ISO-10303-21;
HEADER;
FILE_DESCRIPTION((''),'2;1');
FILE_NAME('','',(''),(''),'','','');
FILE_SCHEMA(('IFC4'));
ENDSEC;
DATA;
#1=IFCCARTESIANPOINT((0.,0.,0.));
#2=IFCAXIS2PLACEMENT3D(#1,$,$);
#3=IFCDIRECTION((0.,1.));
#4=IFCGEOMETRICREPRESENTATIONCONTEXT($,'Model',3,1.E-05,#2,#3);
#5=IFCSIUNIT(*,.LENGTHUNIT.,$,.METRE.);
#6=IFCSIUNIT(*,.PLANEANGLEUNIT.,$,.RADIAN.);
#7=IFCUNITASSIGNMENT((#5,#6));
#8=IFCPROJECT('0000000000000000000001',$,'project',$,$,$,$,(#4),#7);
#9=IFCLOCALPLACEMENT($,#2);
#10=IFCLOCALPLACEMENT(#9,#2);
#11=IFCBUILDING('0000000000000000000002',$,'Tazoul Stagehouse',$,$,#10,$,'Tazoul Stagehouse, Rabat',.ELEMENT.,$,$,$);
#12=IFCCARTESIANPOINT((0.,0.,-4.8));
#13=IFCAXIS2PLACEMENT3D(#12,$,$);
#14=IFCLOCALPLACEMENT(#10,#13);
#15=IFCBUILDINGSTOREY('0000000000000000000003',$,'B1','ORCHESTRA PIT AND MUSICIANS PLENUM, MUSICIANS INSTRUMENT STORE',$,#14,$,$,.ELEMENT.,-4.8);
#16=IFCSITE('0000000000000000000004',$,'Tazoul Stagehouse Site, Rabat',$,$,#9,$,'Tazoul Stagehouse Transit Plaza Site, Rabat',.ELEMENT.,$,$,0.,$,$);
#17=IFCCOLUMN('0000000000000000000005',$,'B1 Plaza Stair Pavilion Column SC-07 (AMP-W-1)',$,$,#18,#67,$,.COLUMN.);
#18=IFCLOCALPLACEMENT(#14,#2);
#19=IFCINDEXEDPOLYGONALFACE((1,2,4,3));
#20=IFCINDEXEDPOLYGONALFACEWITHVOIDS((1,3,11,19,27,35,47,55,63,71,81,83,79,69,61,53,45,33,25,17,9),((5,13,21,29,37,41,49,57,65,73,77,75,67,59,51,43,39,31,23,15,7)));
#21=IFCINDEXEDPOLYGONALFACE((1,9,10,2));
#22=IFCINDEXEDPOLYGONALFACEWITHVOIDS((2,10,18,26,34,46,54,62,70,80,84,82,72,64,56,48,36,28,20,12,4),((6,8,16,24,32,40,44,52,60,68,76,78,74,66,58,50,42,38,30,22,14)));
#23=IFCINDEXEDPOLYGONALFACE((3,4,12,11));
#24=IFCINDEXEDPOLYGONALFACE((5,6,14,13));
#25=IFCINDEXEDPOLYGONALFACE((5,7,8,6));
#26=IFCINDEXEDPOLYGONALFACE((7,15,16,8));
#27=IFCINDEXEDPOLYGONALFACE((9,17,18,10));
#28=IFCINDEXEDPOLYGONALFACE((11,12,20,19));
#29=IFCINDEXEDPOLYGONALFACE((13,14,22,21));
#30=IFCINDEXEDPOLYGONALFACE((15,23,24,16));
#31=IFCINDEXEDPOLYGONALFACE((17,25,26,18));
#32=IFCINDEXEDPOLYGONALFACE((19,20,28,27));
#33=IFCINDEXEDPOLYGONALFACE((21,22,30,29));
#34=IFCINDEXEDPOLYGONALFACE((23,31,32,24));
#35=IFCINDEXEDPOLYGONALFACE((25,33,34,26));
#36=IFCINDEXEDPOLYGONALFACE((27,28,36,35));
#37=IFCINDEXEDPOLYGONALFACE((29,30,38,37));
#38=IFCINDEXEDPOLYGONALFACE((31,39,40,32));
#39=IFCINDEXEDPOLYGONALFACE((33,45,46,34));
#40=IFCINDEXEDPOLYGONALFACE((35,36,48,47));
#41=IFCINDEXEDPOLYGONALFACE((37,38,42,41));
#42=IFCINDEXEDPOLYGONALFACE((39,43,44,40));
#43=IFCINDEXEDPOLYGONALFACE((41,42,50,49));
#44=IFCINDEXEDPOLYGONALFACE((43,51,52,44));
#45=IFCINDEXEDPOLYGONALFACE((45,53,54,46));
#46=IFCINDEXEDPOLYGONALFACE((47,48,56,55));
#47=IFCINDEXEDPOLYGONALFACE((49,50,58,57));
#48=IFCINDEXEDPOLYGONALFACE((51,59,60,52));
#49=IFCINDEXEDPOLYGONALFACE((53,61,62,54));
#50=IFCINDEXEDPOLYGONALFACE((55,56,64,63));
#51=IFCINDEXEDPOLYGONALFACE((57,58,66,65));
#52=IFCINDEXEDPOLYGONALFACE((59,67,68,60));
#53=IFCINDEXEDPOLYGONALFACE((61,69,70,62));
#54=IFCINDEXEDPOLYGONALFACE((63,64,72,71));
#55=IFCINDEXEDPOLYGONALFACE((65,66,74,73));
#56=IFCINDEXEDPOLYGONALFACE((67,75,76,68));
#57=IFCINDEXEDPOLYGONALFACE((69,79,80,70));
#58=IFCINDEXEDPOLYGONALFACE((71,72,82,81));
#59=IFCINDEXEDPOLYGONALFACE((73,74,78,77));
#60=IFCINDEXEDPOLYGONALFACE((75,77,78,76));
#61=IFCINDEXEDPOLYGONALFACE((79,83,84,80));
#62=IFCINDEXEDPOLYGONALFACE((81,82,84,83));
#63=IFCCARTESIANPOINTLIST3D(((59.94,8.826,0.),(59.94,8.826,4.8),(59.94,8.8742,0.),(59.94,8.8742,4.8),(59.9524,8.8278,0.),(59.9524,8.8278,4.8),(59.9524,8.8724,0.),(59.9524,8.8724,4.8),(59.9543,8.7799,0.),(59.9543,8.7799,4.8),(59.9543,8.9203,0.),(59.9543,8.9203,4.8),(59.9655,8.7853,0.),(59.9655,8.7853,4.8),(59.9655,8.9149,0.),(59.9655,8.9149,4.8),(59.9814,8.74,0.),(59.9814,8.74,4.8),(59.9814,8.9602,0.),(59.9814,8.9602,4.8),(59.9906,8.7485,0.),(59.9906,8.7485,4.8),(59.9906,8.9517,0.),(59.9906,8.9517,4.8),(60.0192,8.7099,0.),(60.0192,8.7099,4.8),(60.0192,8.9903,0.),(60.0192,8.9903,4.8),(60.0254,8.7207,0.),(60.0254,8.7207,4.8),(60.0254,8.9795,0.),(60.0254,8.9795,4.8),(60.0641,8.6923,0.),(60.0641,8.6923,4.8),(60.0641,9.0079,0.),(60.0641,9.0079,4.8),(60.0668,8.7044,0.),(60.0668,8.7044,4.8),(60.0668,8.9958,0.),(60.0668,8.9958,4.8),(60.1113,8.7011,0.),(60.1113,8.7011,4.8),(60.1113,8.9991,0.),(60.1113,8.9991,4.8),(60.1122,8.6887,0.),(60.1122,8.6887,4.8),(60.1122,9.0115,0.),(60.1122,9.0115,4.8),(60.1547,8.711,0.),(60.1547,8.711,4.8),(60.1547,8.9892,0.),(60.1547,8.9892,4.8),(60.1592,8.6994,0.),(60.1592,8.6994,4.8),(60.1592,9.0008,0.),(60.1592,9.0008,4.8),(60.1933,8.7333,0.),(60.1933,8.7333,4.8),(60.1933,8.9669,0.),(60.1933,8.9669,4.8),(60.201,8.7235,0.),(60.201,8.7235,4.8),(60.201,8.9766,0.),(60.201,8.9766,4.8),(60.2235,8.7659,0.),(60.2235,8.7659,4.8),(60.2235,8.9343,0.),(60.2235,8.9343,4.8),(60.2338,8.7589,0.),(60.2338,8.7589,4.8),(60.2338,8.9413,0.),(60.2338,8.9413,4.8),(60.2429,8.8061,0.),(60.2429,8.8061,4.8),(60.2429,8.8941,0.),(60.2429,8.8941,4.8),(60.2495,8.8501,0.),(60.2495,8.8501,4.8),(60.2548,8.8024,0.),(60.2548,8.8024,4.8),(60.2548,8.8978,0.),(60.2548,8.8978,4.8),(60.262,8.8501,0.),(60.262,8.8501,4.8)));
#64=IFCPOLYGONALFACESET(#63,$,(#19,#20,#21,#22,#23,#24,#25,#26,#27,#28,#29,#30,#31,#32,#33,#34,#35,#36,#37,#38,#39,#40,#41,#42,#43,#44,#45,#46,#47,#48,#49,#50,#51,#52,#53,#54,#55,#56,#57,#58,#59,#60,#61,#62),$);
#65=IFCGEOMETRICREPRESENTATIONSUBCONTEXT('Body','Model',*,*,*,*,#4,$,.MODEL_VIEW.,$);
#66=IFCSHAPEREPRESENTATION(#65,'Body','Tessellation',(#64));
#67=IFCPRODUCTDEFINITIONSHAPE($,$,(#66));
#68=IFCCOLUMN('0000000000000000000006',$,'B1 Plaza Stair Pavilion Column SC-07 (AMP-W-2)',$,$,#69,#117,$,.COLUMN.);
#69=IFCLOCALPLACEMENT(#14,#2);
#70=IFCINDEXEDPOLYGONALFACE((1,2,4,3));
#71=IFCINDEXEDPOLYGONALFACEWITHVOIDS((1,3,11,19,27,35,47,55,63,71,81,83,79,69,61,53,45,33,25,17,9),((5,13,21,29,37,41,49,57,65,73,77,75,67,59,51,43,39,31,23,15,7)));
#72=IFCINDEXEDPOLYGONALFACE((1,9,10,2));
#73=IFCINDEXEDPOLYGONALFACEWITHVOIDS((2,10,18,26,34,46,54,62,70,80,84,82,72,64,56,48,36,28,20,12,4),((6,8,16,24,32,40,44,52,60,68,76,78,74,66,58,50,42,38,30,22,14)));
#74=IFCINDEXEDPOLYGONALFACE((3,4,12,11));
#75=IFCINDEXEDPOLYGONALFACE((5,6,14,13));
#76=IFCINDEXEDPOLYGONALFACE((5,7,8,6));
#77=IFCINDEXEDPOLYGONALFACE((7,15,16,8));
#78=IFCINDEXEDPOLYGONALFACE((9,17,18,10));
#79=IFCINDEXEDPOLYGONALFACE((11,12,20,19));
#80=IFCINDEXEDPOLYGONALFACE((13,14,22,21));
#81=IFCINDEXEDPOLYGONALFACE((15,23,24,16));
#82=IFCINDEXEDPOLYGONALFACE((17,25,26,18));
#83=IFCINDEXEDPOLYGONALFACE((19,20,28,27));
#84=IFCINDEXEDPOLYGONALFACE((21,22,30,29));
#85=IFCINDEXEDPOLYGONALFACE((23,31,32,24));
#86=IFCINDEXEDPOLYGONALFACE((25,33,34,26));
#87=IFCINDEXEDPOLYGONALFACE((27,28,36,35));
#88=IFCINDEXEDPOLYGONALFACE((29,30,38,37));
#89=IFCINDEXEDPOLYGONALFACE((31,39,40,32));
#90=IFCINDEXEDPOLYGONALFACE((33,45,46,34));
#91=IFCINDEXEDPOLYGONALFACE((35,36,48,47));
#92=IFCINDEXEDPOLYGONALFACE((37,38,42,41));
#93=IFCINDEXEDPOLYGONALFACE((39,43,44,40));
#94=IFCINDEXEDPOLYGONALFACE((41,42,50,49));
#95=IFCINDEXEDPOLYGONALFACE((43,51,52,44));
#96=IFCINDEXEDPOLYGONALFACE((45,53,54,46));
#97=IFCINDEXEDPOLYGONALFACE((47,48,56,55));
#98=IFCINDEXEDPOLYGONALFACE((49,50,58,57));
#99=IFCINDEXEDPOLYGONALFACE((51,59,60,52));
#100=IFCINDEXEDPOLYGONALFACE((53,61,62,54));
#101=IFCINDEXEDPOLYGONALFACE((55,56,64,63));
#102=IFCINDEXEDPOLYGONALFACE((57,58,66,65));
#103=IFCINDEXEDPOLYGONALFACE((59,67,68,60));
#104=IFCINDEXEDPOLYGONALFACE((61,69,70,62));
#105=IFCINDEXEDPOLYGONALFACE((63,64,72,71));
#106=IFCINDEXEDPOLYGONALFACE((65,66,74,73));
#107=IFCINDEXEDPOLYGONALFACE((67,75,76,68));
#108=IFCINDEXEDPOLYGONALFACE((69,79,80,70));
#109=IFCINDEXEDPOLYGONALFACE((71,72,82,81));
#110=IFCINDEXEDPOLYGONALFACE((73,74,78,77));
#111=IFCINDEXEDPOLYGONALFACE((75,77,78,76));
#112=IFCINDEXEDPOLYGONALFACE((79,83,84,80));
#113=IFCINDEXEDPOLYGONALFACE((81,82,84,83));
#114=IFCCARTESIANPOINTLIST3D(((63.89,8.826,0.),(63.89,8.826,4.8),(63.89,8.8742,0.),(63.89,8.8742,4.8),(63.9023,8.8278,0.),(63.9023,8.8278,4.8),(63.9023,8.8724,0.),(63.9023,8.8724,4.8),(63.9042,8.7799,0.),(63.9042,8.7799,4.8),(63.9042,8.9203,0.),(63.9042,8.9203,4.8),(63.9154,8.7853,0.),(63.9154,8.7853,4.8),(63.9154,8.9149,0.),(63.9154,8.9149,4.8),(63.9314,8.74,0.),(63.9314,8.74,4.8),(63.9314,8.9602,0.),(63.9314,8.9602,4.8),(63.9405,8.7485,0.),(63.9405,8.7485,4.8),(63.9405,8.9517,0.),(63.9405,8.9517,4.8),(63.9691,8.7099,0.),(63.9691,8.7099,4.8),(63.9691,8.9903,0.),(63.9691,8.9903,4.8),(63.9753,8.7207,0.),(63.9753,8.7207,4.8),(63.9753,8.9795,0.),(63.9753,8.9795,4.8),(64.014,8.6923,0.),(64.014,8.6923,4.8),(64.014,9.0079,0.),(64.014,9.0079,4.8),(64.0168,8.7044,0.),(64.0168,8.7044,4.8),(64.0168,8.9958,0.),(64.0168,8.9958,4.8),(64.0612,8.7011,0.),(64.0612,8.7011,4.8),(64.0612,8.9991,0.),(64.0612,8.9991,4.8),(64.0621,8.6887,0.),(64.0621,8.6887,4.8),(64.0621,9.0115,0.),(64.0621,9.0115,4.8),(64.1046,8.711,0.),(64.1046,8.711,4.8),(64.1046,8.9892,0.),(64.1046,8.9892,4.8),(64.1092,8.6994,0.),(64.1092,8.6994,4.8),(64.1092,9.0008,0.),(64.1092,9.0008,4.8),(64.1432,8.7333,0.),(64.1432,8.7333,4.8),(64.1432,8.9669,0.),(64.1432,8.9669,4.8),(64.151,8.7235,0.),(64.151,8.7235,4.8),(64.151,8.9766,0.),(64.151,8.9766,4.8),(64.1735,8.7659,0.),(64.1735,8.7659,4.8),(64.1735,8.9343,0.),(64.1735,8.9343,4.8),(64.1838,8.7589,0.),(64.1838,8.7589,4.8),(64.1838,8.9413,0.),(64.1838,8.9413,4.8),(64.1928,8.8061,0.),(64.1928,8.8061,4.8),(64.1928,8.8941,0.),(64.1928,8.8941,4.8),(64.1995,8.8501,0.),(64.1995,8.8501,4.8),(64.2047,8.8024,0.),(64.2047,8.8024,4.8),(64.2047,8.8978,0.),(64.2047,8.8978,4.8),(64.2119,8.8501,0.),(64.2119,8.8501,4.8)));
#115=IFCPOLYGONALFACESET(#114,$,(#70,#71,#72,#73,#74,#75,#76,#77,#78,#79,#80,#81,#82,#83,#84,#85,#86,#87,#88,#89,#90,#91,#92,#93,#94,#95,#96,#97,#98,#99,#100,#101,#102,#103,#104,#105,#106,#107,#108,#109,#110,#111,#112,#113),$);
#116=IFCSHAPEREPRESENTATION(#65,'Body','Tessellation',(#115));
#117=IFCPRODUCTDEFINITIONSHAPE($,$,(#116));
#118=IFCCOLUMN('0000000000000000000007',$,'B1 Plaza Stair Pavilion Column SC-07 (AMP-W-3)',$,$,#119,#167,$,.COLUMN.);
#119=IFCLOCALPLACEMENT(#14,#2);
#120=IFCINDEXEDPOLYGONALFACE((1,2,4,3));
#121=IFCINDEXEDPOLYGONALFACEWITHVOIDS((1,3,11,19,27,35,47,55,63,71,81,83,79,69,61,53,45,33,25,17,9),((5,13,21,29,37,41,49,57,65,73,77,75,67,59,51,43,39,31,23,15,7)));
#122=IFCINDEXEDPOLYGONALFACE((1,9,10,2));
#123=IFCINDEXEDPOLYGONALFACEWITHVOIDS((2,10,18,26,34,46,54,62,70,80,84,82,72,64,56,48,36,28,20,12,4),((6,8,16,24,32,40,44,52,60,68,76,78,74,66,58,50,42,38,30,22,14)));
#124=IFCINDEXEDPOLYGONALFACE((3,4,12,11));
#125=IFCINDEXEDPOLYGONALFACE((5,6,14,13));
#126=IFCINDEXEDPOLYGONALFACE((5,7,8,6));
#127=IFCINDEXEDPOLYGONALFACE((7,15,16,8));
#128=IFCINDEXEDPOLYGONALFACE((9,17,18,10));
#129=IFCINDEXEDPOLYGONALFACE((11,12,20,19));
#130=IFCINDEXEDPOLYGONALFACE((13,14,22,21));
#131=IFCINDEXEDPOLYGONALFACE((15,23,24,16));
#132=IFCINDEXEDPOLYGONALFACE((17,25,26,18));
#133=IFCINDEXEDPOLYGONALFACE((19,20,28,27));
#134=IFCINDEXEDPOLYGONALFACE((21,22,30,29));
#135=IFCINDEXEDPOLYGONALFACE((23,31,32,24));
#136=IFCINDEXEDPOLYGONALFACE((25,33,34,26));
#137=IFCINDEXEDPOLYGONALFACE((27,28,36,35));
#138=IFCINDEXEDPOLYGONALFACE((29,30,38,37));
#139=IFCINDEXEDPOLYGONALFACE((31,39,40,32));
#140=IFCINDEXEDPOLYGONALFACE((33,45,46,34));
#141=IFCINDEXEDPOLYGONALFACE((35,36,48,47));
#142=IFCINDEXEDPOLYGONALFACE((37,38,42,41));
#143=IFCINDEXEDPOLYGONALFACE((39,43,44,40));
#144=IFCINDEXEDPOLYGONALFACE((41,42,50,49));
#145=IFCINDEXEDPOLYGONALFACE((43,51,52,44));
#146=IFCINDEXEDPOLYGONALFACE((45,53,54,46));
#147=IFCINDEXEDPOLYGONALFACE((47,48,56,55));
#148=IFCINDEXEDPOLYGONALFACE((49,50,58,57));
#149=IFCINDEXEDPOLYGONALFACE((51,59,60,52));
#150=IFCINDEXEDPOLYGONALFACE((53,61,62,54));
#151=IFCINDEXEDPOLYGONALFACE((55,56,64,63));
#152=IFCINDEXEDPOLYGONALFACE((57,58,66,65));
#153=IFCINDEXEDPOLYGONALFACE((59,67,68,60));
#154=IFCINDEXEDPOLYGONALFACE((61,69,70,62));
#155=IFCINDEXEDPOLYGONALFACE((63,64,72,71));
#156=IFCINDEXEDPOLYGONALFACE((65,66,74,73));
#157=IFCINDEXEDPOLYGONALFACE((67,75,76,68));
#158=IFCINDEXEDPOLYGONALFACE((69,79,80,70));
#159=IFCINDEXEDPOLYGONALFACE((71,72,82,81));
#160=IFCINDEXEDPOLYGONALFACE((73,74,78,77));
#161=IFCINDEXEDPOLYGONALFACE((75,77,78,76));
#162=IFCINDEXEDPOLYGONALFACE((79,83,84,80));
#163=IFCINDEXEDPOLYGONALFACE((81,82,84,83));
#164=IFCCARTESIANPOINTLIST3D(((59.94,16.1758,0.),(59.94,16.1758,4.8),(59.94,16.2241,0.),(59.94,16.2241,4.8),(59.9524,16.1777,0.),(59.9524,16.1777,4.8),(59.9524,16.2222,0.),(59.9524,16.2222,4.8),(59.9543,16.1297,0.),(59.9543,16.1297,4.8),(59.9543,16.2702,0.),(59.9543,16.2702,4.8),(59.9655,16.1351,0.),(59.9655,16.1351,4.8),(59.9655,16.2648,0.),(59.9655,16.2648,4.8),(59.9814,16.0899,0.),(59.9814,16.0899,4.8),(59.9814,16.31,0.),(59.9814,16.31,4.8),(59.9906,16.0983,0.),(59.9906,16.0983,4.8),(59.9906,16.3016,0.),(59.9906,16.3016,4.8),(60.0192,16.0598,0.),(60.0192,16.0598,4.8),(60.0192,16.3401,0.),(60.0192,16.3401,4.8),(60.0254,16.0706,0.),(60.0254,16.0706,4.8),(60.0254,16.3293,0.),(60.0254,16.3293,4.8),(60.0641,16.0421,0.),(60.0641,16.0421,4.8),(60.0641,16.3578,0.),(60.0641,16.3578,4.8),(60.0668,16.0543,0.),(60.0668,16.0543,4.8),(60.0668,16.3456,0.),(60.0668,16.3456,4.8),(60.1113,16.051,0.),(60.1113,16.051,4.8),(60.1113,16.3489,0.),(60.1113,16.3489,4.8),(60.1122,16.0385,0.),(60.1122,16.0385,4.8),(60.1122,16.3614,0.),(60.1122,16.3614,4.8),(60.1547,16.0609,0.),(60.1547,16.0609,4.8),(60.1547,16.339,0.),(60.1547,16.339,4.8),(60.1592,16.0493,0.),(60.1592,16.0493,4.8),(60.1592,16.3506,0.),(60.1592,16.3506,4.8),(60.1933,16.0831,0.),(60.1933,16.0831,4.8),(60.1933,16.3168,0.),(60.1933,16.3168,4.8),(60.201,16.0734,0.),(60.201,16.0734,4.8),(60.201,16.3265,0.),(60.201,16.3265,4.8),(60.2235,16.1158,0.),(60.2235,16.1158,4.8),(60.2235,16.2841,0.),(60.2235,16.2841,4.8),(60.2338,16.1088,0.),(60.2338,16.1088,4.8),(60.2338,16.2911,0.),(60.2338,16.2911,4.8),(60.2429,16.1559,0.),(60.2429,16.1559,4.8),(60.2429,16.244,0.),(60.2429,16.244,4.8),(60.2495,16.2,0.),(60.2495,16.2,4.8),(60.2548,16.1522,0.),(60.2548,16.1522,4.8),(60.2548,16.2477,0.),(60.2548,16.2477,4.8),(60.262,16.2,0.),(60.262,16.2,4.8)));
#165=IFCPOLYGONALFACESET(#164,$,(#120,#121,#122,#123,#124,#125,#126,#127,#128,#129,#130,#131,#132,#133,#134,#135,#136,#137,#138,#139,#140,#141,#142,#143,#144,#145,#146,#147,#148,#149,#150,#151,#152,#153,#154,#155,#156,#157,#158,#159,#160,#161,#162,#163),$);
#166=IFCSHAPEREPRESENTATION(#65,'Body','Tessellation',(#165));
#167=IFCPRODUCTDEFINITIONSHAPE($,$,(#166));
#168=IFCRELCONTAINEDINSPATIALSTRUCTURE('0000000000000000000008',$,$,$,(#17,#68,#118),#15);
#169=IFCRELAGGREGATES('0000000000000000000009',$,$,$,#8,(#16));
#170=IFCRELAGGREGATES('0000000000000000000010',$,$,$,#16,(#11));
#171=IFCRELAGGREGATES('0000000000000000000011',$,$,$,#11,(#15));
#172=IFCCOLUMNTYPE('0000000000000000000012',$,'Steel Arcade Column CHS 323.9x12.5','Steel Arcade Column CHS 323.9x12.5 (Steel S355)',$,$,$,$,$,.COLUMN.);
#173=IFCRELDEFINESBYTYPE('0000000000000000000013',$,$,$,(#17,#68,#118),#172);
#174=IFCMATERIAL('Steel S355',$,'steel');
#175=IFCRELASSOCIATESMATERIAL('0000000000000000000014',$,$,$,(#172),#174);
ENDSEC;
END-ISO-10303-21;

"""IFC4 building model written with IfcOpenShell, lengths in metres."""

from ifc_helpers import new_model, si_unit, direction, frame, origin, origin_2d, place, context, subcontext, project, spatial, hollow_circle, extrude, material, material_profile, profile_set, type_object, element, save


model = new_model("IFC4")

# Units and contexts
model_context = context("Model", 3, precision=1e-05, world=origin(), true_north=direction((0.0, 1.0)))
body_context = subcontext(model_context, "Body", "Model", "MODEL_VIEW")
ifc_project = project(units=[si_unit("LENGTHUNIT", "METRE"), si_unit("PLANEANGLEUNIT", "RADIAN")], contexts=[model_context])

# Site, building, storey
site_placement = place(None, origin())
site = spatial("IfcSite", under=ifc_project, at=site_placement, Name="Tazoul Stagehouse Site, Rabat", LongName="Tazoul Stagehouse Transit Plaza Site, Rabat", CompositionType="ELEMENT", RefElevation=0.0)
building_placement = place(site_placement, origin())
building = spatial("IfcBuilding", under=site, at=building_placement, Name="Tazoul Stagehouse", LongName="Tazoul Stagehouse, Rabat", CompositionType="ELEMENT")
storey_placement = place(building_placement, frame((0.0, 0.0, -4.8)))
storey = spatial("IfcBuildingStorey", under=building, at=storey_placement, Name="B1", Description="ORCHESTRA PIT AND MUSICIANS PLENUM, MUSICIANS INSTRUMENT STORE", CompositionType="ELEMENT", Elevation=-4.8)

# Columns
ifc_material_1 = material(Name="Steel S355", Category="steel")
ifc_material_profile_1 = material_profile(ifc_material_1, hollow_circle(Radius=0.1619, WallThickness=0.0125, at=origin_2d()), Name="CHS 323.9x12.5")
ifc_profile_set_1 = profile_set([ifc_material_profile_1], Name="Steel S355")
column_type_1 = type_object("IfcColumnType", Name="Steel Arcade Column CHS 323.9x12.5", Description="Steel Arcade Column CHS 323.9x12.5 (Steel S355)", PredefinedType="COLUMN", material=ifc_profile_set_1)
for number, where, z_axis, x_axis, name in (
    (1, (60.1001, 8.8501, 0.0), (0.0, 0.0, 1.0), (1.0, 0.0, 0.0), "B1 Plaza Stair Pavilion Column SC-07 (AMP-W-1)"),
    (2, (64.05, 8.8501, 0.0), (0.0, 0.0, 1.0), (1.0, 0.0, 0.0), "B1 Plaza Stair Pavilion Column SC-07 (AMP-W-2)"),
    (3, (60.1001, 16.2, 0.0), (0.0, 0.0, 1.0), (1.0, 0.0, 0.0), "B1 Plaza Stair Pavilion Column SC-07 (AMP-W-3)"),
):
    element("IfcColumn", number, at=place(storey_placement, frame(where, z_axis=z_axis, x_axis=x_axis)), inside=storey, type_object=column_type_1, Name=name, PredefinedType="COLUMN", context=body_context, shape_type="SweptSolid", body=[
        extrude(hollow_circle(Radius=0.1619, WallThickness=0.0125, at=origin_2d()), origin(), (0.0, 0.0, 1.0), 4.8),
    ])

save(model, "model.ifc")
